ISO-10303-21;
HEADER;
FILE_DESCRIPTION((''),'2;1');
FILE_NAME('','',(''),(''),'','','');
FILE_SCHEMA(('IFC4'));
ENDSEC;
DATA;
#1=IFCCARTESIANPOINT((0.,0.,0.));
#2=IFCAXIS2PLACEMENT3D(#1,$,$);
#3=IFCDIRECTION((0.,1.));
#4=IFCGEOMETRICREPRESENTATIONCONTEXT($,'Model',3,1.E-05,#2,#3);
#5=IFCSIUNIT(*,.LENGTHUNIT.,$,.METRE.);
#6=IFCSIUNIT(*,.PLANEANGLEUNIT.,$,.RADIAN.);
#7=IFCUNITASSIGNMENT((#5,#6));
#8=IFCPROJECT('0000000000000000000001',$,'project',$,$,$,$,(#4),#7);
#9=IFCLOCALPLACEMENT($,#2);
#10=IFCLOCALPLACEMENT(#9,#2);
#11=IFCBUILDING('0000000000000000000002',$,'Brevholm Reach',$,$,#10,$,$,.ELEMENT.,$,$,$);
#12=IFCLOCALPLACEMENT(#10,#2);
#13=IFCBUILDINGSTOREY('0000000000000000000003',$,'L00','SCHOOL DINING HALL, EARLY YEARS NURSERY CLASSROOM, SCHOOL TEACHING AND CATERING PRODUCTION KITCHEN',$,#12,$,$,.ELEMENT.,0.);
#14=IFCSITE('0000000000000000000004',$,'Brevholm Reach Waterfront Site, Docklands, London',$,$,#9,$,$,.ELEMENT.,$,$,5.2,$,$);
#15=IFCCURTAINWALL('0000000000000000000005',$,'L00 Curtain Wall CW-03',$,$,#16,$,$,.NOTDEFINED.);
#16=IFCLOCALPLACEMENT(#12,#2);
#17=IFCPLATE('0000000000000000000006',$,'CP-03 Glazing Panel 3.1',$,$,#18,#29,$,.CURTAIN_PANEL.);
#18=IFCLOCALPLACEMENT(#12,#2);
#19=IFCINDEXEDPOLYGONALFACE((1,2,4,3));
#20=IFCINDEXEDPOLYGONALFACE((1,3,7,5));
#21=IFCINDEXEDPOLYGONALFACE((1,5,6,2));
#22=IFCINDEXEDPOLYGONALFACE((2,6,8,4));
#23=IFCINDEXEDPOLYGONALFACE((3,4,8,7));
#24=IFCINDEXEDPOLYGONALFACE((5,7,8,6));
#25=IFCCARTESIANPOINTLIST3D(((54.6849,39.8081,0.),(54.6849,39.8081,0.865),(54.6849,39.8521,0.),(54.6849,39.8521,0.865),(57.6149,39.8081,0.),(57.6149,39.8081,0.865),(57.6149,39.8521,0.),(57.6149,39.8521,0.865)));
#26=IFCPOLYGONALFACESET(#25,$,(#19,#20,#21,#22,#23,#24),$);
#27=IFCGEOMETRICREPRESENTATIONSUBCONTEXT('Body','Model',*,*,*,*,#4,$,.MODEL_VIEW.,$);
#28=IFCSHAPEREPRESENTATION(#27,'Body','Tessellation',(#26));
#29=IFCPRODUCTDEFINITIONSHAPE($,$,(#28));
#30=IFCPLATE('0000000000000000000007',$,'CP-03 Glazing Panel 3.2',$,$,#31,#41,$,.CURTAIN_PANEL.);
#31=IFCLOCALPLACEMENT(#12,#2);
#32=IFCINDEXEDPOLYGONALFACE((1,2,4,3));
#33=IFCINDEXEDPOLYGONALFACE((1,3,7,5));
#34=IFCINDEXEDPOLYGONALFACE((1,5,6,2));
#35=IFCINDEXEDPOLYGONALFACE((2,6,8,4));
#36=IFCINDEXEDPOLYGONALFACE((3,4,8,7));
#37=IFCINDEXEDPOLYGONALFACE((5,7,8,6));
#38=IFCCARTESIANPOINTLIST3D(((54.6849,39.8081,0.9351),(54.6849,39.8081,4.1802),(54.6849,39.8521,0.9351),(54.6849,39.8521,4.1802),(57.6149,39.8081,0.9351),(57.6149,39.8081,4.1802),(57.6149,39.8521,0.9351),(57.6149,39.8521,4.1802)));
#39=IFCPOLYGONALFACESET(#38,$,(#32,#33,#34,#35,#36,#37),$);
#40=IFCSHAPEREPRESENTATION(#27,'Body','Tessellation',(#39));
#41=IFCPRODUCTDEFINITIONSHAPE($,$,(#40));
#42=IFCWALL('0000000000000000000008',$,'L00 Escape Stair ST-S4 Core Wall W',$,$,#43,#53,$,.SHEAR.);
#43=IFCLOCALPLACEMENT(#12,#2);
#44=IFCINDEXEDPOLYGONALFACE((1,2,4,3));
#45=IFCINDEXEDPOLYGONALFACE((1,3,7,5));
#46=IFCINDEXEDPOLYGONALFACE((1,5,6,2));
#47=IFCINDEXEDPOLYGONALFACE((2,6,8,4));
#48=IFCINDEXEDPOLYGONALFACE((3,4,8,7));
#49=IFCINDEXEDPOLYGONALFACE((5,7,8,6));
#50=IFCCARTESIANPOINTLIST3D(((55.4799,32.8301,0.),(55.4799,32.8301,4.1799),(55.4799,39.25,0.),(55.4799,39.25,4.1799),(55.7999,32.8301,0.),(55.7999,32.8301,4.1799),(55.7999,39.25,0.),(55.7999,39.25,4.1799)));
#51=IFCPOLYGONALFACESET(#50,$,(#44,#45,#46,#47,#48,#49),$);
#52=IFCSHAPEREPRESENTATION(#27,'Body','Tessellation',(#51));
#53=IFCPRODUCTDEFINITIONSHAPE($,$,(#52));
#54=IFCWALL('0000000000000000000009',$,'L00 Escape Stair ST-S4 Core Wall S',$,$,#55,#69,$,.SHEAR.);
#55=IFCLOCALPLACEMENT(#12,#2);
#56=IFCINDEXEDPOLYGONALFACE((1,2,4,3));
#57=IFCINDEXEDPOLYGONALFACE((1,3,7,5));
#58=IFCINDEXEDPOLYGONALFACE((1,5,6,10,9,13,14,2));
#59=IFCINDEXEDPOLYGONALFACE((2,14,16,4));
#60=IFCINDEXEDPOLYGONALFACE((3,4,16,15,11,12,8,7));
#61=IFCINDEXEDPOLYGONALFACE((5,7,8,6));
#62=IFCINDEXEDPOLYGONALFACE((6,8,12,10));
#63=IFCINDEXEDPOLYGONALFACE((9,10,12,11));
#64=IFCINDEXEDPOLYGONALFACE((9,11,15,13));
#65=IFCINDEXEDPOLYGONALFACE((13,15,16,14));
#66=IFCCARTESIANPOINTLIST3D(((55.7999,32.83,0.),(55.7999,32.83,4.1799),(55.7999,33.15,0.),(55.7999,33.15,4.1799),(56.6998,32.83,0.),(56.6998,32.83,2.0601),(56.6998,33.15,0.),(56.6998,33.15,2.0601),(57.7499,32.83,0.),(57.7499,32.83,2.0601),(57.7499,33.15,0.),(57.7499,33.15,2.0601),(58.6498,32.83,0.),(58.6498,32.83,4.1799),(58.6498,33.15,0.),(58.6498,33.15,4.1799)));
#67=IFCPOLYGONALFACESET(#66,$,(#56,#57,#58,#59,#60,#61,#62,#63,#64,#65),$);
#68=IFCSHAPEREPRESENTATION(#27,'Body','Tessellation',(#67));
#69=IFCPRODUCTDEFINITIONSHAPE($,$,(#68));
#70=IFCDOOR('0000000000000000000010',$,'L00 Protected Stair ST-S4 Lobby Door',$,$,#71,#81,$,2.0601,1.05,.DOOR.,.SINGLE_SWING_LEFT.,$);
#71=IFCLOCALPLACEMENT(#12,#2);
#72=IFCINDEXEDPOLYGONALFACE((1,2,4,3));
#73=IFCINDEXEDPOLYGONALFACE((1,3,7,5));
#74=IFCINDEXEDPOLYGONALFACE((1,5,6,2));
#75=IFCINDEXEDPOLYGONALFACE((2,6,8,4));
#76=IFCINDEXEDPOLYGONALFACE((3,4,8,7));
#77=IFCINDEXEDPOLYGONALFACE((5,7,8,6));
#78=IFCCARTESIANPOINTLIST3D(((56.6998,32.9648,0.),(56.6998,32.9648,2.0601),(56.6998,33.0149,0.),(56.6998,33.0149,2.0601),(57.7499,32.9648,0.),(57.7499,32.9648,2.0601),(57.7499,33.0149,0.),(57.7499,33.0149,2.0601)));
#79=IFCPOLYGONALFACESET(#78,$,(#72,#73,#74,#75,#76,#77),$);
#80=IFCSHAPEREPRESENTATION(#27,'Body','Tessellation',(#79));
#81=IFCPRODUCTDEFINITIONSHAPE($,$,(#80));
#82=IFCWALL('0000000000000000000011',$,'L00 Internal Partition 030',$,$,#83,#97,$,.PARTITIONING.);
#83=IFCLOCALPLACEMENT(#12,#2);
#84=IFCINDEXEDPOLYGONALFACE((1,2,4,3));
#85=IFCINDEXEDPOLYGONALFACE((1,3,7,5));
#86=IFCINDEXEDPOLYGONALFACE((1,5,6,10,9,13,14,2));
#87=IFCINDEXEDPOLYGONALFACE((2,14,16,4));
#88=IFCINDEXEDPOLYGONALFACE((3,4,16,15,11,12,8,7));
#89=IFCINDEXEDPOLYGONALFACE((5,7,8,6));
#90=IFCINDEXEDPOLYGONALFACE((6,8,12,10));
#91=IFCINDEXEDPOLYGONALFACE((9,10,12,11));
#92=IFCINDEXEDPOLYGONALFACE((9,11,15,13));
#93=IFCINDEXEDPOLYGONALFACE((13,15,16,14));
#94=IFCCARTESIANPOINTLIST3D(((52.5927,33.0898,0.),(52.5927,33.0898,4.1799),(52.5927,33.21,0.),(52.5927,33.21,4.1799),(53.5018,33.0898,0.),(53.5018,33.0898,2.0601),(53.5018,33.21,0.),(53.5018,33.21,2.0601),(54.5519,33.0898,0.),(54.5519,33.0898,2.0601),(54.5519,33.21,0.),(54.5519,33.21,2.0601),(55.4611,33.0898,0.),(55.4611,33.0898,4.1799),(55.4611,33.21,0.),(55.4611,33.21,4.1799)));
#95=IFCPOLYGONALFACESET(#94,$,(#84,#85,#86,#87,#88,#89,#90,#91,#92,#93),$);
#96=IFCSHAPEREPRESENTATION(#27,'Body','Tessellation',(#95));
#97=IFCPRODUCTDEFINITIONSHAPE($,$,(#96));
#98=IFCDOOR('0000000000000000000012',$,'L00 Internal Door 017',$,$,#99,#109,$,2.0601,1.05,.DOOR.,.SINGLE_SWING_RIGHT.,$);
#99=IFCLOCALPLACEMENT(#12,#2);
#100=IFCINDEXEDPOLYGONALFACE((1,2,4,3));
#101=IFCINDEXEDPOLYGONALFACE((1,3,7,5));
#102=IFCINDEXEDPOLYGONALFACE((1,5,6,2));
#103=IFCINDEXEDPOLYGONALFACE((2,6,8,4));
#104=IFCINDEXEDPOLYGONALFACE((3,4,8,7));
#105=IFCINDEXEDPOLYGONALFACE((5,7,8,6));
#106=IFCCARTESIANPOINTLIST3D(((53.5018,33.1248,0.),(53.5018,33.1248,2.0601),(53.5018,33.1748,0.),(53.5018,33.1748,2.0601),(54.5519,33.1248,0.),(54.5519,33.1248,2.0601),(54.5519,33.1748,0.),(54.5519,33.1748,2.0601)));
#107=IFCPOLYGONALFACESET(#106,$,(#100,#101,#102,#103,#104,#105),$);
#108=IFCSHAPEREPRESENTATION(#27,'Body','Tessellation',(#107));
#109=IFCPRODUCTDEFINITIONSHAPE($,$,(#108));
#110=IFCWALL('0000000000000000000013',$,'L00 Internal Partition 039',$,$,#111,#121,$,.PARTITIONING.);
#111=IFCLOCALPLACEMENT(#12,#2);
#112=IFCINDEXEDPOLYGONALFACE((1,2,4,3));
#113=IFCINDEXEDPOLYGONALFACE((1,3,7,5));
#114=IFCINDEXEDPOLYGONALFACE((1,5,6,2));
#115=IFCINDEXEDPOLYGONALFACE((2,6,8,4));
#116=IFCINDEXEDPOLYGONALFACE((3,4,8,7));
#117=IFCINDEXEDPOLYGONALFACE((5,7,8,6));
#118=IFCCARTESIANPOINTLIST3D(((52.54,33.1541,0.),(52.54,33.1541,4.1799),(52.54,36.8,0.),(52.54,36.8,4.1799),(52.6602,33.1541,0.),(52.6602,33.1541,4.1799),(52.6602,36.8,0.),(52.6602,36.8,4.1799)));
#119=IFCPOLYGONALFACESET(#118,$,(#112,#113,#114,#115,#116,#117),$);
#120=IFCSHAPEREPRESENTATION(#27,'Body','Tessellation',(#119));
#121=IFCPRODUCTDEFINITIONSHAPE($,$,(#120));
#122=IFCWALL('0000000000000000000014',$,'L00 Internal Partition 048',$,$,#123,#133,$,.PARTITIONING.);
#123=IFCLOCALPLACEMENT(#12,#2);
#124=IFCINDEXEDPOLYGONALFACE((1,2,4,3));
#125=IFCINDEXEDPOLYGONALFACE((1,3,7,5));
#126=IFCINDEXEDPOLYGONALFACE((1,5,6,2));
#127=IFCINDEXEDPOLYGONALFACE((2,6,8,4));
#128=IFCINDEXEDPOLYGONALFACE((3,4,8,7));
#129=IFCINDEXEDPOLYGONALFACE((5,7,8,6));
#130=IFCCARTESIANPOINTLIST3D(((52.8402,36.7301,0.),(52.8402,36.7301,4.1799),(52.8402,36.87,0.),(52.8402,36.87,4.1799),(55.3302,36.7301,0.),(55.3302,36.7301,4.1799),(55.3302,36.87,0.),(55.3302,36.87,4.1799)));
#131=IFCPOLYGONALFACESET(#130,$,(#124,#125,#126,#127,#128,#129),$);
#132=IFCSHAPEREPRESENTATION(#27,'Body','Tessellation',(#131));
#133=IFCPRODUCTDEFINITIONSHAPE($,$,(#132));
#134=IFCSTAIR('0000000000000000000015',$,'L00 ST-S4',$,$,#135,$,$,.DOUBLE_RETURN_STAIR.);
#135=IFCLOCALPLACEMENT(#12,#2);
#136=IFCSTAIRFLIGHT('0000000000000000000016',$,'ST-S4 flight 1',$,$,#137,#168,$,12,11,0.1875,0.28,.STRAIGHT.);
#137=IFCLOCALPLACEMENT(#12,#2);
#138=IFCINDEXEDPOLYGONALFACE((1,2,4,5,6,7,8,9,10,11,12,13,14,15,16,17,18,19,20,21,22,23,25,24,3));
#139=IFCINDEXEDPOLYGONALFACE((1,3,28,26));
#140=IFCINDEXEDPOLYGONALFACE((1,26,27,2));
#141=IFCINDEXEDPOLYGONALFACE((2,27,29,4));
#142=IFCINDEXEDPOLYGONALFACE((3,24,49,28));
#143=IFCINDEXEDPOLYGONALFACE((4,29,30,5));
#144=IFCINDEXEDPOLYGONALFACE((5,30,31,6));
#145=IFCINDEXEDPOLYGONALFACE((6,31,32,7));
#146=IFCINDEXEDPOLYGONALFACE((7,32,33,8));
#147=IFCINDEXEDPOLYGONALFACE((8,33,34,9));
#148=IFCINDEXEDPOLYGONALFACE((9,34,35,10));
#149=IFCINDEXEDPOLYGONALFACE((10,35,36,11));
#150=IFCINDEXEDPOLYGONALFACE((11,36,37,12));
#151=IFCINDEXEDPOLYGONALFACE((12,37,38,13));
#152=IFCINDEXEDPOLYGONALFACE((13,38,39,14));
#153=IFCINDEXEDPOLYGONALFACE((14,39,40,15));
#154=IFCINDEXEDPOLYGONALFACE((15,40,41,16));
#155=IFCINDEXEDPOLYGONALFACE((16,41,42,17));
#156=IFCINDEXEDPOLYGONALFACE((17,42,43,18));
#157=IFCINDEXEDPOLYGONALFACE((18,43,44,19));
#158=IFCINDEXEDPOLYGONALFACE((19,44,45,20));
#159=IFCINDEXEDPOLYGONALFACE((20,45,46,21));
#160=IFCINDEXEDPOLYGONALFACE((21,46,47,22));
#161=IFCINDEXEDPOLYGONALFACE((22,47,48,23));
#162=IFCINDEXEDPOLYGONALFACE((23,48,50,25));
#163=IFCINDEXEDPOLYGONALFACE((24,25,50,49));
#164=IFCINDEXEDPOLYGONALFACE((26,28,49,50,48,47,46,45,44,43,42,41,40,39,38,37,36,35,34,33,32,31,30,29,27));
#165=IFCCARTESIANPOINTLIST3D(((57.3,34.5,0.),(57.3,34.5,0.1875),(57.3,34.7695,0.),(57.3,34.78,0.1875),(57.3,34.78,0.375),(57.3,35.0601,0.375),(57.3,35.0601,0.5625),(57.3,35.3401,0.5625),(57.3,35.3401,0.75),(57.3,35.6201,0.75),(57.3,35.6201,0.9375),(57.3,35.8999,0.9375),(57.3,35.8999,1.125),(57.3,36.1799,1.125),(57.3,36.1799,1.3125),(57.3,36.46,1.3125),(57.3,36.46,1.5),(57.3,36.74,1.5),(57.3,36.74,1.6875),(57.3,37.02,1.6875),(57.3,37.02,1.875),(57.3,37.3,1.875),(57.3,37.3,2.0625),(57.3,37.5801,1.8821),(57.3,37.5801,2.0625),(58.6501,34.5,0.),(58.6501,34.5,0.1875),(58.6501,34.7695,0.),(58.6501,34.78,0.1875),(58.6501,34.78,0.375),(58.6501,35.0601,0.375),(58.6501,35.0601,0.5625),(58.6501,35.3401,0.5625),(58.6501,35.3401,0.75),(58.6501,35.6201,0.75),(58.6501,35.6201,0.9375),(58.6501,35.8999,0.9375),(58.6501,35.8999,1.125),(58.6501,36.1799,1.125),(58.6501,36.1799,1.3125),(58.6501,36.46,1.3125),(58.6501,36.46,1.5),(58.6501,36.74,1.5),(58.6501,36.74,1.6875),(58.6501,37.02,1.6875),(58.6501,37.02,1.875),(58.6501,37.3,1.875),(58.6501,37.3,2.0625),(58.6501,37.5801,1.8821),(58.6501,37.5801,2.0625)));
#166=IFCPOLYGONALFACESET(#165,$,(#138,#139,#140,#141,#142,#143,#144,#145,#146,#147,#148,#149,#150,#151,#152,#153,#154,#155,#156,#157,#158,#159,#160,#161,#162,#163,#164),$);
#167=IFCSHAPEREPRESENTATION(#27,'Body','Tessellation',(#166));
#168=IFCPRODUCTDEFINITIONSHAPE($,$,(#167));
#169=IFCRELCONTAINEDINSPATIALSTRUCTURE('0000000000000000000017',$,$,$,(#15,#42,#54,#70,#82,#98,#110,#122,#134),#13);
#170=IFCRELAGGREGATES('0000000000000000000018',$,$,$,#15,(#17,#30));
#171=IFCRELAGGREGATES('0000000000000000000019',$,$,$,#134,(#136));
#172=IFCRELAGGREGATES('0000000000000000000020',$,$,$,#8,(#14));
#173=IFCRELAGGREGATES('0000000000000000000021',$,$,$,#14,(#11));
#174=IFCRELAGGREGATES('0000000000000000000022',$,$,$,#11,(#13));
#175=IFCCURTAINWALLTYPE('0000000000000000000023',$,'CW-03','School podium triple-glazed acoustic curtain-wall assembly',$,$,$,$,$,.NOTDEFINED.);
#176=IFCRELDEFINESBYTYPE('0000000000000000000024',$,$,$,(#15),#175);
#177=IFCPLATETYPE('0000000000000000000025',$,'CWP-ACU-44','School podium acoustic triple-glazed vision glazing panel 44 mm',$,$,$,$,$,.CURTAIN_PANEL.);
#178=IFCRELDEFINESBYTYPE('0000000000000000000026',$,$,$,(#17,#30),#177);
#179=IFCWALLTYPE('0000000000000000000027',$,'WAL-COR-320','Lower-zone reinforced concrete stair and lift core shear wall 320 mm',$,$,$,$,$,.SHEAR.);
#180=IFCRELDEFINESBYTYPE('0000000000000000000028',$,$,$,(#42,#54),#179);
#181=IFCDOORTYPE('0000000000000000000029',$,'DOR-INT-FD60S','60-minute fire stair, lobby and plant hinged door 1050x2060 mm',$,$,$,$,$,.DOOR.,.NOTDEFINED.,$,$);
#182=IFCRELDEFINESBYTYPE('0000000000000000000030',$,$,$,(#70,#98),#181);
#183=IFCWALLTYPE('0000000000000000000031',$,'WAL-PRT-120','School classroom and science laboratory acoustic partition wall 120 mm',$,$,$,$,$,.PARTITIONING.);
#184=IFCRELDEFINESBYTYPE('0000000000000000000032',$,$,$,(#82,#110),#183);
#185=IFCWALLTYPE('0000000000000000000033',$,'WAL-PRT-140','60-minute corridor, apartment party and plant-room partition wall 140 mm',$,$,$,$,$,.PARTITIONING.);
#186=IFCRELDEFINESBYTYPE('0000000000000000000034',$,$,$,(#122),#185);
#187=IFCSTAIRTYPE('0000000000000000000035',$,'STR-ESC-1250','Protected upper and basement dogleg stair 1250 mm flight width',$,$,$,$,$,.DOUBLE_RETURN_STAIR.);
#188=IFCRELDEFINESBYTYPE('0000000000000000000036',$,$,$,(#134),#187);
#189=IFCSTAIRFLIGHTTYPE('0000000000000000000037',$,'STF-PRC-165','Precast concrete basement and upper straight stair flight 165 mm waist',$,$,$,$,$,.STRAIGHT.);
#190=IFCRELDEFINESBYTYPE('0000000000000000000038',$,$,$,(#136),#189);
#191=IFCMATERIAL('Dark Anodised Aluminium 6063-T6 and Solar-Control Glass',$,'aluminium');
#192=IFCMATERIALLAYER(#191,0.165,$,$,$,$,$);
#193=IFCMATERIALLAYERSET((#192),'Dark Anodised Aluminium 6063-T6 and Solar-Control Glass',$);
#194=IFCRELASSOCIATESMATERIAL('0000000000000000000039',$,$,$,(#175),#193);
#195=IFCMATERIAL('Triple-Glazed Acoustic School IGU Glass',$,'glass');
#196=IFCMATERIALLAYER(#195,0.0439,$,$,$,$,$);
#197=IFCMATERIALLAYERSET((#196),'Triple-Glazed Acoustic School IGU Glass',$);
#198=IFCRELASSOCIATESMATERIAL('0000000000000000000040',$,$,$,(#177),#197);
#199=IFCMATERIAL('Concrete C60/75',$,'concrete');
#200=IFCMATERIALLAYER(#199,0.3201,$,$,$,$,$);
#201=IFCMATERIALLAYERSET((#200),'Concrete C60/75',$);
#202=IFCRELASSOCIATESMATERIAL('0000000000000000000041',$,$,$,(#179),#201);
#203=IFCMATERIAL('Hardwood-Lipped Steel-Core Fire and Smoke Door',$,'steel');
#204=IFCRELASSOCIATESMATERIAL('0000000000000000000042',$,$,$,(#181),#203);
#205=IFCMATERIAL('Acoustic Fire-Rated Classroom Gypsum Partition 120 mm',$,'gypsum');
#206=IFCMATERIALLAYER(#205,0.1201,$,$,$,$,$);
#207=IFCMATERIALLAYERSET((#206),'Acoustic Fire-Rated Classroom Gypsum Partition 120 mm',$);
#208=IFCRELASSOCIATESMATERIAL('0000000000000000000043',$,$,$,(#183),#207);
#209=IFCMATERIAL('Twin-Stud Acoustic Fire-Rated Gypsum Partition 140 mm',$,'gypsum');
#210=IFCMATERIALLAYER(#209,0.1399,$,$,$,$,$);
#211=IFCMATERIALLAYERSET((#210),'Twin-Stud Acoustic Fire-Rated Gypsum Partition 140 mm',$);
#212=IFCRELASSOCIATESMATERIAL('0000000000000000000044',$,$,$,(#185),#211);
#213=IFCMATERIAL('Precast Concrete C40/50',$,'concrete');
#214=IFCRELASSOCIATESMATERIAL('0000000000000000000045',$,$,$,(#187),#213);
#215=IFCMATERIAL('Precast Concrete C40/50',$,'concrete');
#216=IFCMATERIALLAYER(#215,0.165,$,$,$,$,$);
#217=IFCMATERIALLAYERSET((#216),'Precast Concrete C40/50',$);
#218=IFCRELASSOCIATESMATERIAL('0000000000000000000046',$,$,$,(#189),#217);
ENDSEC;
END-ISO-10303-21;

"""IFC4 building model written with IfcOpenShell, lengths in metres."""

from ifc_helpers import new_model, si_unit, direction, frame, frame_2d, origin, origin_2d, place, context, subcontext, project, spatial, polyline, rectangle, outline, extrude, material, layer, layer_set, type_object, element, fill, aggregate, save


model = new_model("IFC4")

# Units and contexts
model_context = context("Model", 3, precision=1e-05, world=origin(), true_north=direction((0.0, 1.0)))
body_context = subcontext(model_context, "Body", "Model", "MODEL_VIEW")
ifc_project = project(units=[si_unit("LENGTHUNIT", "METRE"), si_unit("PLANEANGLEUNIT", "RADIAN")], contexts=[model_context])

# Site, building, storey
site_placement = place(None, origin())
site = spatial("IfcSite", under=ifc_project, at=site_placement, Name="Brevholm Reach Waterfront Site, Docklands, London", CompositionType="ELEMENT", RefElevation=5.2)
building_placement = place(site_placement, origin())
building = spatial("IfcBuilding", under=site, at=building_placement, Name="Brevholm Reach", CompositionType="ELEMENT")
storey_placement = place(building_placement, origin())
storey = spatial("IfcBuildingStorey", under=building, at=storey_placement, Name="L00", Description="SCHOOL DINING HALL, EARLY YEARS NURSERY CLASSROOM, SCHOOL TEACHING AND CATERING PRODUCTION KITCHEN", CompositionType="ELEMENT", Elevation=0.0)

# Curtain wall, plates
ifc_material_1 = material(Name="Dark Anodised Aluminium 6063-T6 and Solar-Control Glass", Category="aluminium")
ifc_layer_1 = layer(ifc_material_1, 0.165)
ifc_layer_set_1 = layer_set([ifc_layer_1], Name="Dark Anodised Aluminium 6063-T6 and Solar-Control Glass")
curtain_wall_type = type_object("IfcCurtainWallType", Name="CW-03", Description="School podium triple-glazed acoustic curtain-wall assembly", PredefinedType="NOTDEFINED", material=ifc_layer_set_1)
curtain_wall_placement = place(storey_placement, origin())
curtain_wall = element("IfcCurtainWall", 1, at=curtain_wall_placement, inside=storey, type_object=curtain_wall_type, Name="L00 Curtain Wall CW-03", PredefinedType="NOTDEFINED")
ifc_material_2 = material(Name="Triple-Glazed Acoustic School IGU Glass", Category="glass")
ifc_layer_2 = layer(ifc_material_2, 0.0439)
ifc_layer_set_2 = layer_set([ifc_layer_2], Name="Triple-Glazed Acoustic School IGU Glass")
plate_type = type_object("IfcPlateType", Name="CWP-ACU-44", Description="School podium acoustic triple-glazed vision glazing panel 44 mm", PredefinedType="CURTAIN_PANEL", material=ifc_layer_set_2)
plate_1_placement = place(storey_placement, frame((56.1499, 39.8301, 0.0), z_axis=(0.0, 0.0, 1.0), x_axis=(1.0, 0.0, 0.0)))
plate_1 = element("IfcPlate", 2, at=plate_1_placement, type_object=plate_type, Name="CP-03 Glazing Panel 3.1", PredefinedType="CURTAIN_PANEL", context=body_context, shape_type="SweptSolid", body=[
    extrude(rectangle(XDim=2.9299, YDim=0.0439, at=origin_2d()), origin(), (0.0, 0.0, 1.0), 0.865),
])
plate_2_placement = place(storey_placement, frame((56.1499, 39.8301, 0.9351), z_axis=(0.0, 0.0, 1.0), x_axis=(1.0, 0.0, 0.0)))
plate_2 = element("IfcPlate", 3, at=plate_2_placement, type_object=plate_type, Name="CP-03 Glazing Panel 3.2", PredefinedType="CURTAIN_PANEL", context=body_context, shape_type="SweptSolid", body=[
    extrude(rectangle(XDim=2.9299, YDim=0.0439, at=origin_2d()), origin(), (0.0, 0.0, 1.0), 3.2451),
])
aggregate(curtain_wall, [plate_1, plate_2])

# Wall
ifc_material_3 = material(Name="Concrete C60/75", Category="concrete")
ifc_layer_3 = layer(ifc_material_3, 0.3201)
ifc_layer_set_3 = layer_set([ifc_layer_3], Name="Concrete C60/75")
wall_type_1 = type_object("IfcWallType", Name="WAL-COR-320", Description="Lower-zone reinforced concrete stair and lift core shear wall 320 mm", PredefinedType="SHEAR", material=ifc_layer_set_3)
wall_1_placement = place(storey_placement, frame((55.6399, 32.8301, 0.0), z_axis=(0.0, 0.0, 1.0), x_axis=(0.0, 1.0, 0.0)))
element("IfcWall", 4, at=wall_1_placement, inside=storey, type_object=wall_type_1, Name="L00 Escape Stair ST-S4 Core Wall W", PredefinedType="SHEAR", context=body_context, shape_type="SweptSolid", body=[
    extrude(rectangle(XDim=6.4199, YDim=0.3201, at=frame_2d((3.21, 0.0))), origin(), (0.0, 0.0, 1.0), 4.1799),
])

# Walls, openings, doors
wall_2_placement = place(storey_placement, frame((55.8, 32.99, 0.0), z_axis=(0.0, 0.0, 1.0), x_axis=(1.0, 0.0, 0.0)))
wall_2 = element("IfcWall", 5, at=wall_2_placement, inside=storey, type_object=wall_type_1, Name="L00 Escape Stair ST-S4 Core Wall S", PredefinedType="SHEAR", context=body_context, shape_type="SweptSolid", body=[
    extrude(rectangle(XDim=2.8499, YDim=0.3201, at=frame_2d((1.4248, 0.0))), origin(), (0.0, 0.0, 1.0), 4.1799),
])
opening_1_placement = place(wall_2_placement, frame((0.8999, 0.0, 0.0)))
opening_1 = element("IfcOpeningElement", 6, at=opening_1_placement, cuts=wall_2, PredefinedType="OPENING", context=body_context, shape_type="SweptSolid", body=[
    extrude(rectangle(XDim=1.05, YDim=2.0601, at=frame_2d((0.5249, 1.03))), frame((0.0, 0.1699, 0.0), z_axis=(0.0, -1.0, 0.0), x_axis=(1.0, 0.0, 0.0)), (0.0, 0.0, 1.0), 0.3401),
])
ifc_material_4 = material(Name="Hardwood-Lipped Steel-Core Fire and Smoke Door", Category="steel")
door_type = type_object("IfcDoorType", Name="DOR-INT-FD60S", Description="60-minute fire stair, lobby and plant hinged door 1050x2060 mm", OperationType="NOTDEFINED", PredefinedType="DOOR", material=ifc_material_4)
door_1_placement = place(opening_1_placement, origin())
door_1 = element("IfcDoor", 7, at=door_1_placement, inside=storey, type_object=door_type, Name="L00 Protected Stair ST-S4 Lobby Door", OperationType="SINGLE_SWING_LEFT", OverallHeight=2.0601, OverallWidth=1.05, PredefinedType="DOOR", context=body_context, shape_type="SweptSolid", body=[
    extrude(rectangle(XDim=1.05, YDim=2.0601, at=frame_2d((0.5249, 1.03))), frame((0.0, 0.0249, 0.0), z_axis=(0.0, -1.0, 0.0), x_axis=(1.0, 0.0, 0.0)), (0.0, 0.0, 1.0), 0.05),
])
fill(opening_1, door_1)
ifc_material_5 = material(Name="Acoustic Fire-Rated Classroom Gypsum Partition 120 mm", Category="gypsum")
ifc_layer_4 = layer(ifc_material_5, 0.1201)
ifc_layer_set_4 = layer_set([ifc_layer_4], Name="Acoustic Fire-Rated Classroom Gypsum Partition 120 mm")
wall_type_2 = type_object("IfcWallType", Name="WAL-PRT-120", Description="School classroom and science laboratory acoustic partition wall 120 mm", PredefinedType="PARTITIONING", material=ifc_layer_set_4)
wall_3_placement = place(storey_placement, frame((52.5928, 33.1499, 0.0), z_axis=(0.0, 0.0, 1.0), x_axis=(1.0, 0.0, 0.0)))
wall_3 = element("IfcWall", 8, at=wall_3_placement, inside=storey, type_object=wall_type_2, Name="L00 Internal Partition 030", PredefinedType="PARTITIONING", context=body_context, shape_type="SweptSolid", body=[
    extrude(rectangle(XDim=2.8684, YDim=0.1201, at=frame_2d((1.4341, 0.0))), origin(), (0.0, 0.0, 1.0), 4.1799),
])
opening_2_placement = place(wall_3_placement, frame((0.9092, 0.0, 0.0)))
opening_2 = element("IfcOpeningElement", 9, at=opening_2_placement, cuts=wall_3, PredefinedType="OPENING", context=body_context, shape_type="SweptSolid", body=[
    extrude(rectangle(XDim=1.05, YDim=2.0601, at=frame_2d((0.5249, 1.03))), frame((0.0, 0.0701, 0.0), z_axis=(0.0, -1.0, 0.0), x_axis=(1.0, 0.0, 0.0)), (0.0, 0.0, 1.0), 0.1401),
])
door_2_placement = place(opening_2_placement, origin())
door_2 = element("IfcDoor", 10, at=door_2_placement, inside=storey, type_object=door_type, Name="L00 Internal Door 017", OperationType="SINGLE_SWING_RIGHT", OverallHeight=2.0601, OverallWidth=1.05, PredefinedType="DOOR", context=body_context, shape_type="SweptSolid", body=[
    extrude(rectangle(XDim=1.05, YDim=2.0601, at=frame_2d((0.5249, 1.03))), frame((0.0, 0.0249, 0.0), z_axis=(0.0, -1.0, 0.0), x_axis=(1.0, 0.0, 0.0)), (0.0, 0.0, 1.0), 0.05),
])
fill(opening_2, door_2)

# Walls
wall_4_placement = place(storey_placement, frame((52.6001, 33.1541, 0.0), z_axis=(0.0, 0.0, 1.0), x_axis=(0.0, 1.0, 0.0)))
element("IfcWall", 11, at=wall_4_placement, inside=storey, type_object=wall_type_2, Name="L00 Internal Partition 039", PredefinedType="PARTITIONING", context=body_context, shape_type="SweptSolid", body=[
    extrude(rectangle(XDim=3.646, YDim=0.1201, at=frame_2d((1.823, 0.0))), origin(), (0.0, 0.0, 1.0), 4.1799),
])
ifc_material_6 = material(Name="Twin-Stud Acoustic Fire-Rated Gypsum Partition 140 mm", Category="gypsum")
ifc_layer_5 = layer(ifc_material_6, 0.1399)
ifc_layer_set_5 = layer_set([ifc_layer_5], Name="Twin-Stud Acoustic Fire-Rated Gypsum Partition 140 mm")
wall_type_3 = type_object("IfcWallType", Name="WAL-PRT-140", Description="60-minute corridor, apartment party and plant-room partition wall 140 mm", PredefinedType="PARTITIONING", material=ifc_layer_set_5)
wall_5_placement = place(storey_placement, frame((52.8401, 36.8, 0.0), z_axis=(0.0, 0.0, 1.0), x_axis=(1.0, 0.0, 0.0)))
element("IfcWall", 12, at=wall_5_placement, inside=storey, type_object=wall_type_3, Name="L00 Internal Partition 048", PredefinedType="PARTITIONING", context=body_context, shape_type="SweptSolid", body=[
    extrude(rectangle(XDim=2.49, YDim=0.1399, at=frame_2d((1.2451, 0.0))), origin(), (0.0, 0.0, 1.0), 4.1799),
])

# Stair, stair flight
ifc_material_7 = material(Name="Precast Concrete C40/50", Category="concrete")
stair_type = type_object("IfcStairType", Name="STR-ESC-1250", Description="Protected upper and basement dogleg stair 1250 mm flight width", PredefinedType="DOUBLE_RETURN_STAIR", material=ifc_material_7)
stair_placement = place(storey_placement, origin())
stair = element("IfcStair", 13, at=stair_placement, inside=storey, type_object=stair_type, Name="L00 ST-S4", PredefinedType="DOUBLE_RETURN_STAIR")
ifc_material_8 = material(Name="Precast Concrete C40/50", Category="concrete")
ifc_layer_6 = layer(ifc_material_8, 0.165)
ifc_layer_set_6 = layer_set([ifc_layer_6], Name="Precast Concrete C40/50")
stair_flight_type = type_object("IfcStairFlightType", Name="STF-PRC-165", Description="Precast concrete basement and upper straight stair flight 165 mm waist", PredefinedType="STRAIGHT", material=ifc_layer_set_6)
stair_flight_1_placement = place(storey_placement, frame((57.9751, 34.5, 0.0), z_axis=(0.0, 0.0, 1.0), x_axis=(0.0, 1.0, 0.0)))
stair_flight_1 = element("IfcStairFlight", 14, at=stair_flight_1_placement, type_object=stair_flight_type, Name="ST-S4 flight 1", NumberOfRisers=12, NumberOfTreads=11, PredefinedType="STRAIGHT", RiserHeight=0.1875, TreadLength=0.28, context=body_context, shape_type="SweptSolid", body=[
    extrude(outline(polyline([(0.0, 0.0), (0.0, 0.1875), (0.28, 0.1875), (0.28, 0.375), (0.5601, 0.375), (0.5601, 0.5625), (0.8401, 0.5625), (0.8401, 0.75), (1.1201, 0.75), (1.1201, 0.9375), (1.3999, 0.9375), (1.3999, 1.125), (1.6799, 1.125), (1.6799, 1.3125), (1.96, 1.3125), (1.96, 1.5), (2.24, 1.5), (2.24, 1.6875), (2.52, 1.6875), (2.52, 1.875), (2.8, 1.875), (2.8, 2.0625), (3.0801, 2.0625), (3.0801, 2.25), (3.0801, 1.8821), (0.2695, 0.0), (0.0, 0.0)])), frame((0.0, 0.675, 0.0), z_axis=(0.0, -1.0, 0.0), x_axis=(1.0, 0.0, 0.0)), (0.0, 0.0, 1.0), 1.3501),
])
aggregate(stair, [stair_flight_1])

save(model, "model.ifc")
